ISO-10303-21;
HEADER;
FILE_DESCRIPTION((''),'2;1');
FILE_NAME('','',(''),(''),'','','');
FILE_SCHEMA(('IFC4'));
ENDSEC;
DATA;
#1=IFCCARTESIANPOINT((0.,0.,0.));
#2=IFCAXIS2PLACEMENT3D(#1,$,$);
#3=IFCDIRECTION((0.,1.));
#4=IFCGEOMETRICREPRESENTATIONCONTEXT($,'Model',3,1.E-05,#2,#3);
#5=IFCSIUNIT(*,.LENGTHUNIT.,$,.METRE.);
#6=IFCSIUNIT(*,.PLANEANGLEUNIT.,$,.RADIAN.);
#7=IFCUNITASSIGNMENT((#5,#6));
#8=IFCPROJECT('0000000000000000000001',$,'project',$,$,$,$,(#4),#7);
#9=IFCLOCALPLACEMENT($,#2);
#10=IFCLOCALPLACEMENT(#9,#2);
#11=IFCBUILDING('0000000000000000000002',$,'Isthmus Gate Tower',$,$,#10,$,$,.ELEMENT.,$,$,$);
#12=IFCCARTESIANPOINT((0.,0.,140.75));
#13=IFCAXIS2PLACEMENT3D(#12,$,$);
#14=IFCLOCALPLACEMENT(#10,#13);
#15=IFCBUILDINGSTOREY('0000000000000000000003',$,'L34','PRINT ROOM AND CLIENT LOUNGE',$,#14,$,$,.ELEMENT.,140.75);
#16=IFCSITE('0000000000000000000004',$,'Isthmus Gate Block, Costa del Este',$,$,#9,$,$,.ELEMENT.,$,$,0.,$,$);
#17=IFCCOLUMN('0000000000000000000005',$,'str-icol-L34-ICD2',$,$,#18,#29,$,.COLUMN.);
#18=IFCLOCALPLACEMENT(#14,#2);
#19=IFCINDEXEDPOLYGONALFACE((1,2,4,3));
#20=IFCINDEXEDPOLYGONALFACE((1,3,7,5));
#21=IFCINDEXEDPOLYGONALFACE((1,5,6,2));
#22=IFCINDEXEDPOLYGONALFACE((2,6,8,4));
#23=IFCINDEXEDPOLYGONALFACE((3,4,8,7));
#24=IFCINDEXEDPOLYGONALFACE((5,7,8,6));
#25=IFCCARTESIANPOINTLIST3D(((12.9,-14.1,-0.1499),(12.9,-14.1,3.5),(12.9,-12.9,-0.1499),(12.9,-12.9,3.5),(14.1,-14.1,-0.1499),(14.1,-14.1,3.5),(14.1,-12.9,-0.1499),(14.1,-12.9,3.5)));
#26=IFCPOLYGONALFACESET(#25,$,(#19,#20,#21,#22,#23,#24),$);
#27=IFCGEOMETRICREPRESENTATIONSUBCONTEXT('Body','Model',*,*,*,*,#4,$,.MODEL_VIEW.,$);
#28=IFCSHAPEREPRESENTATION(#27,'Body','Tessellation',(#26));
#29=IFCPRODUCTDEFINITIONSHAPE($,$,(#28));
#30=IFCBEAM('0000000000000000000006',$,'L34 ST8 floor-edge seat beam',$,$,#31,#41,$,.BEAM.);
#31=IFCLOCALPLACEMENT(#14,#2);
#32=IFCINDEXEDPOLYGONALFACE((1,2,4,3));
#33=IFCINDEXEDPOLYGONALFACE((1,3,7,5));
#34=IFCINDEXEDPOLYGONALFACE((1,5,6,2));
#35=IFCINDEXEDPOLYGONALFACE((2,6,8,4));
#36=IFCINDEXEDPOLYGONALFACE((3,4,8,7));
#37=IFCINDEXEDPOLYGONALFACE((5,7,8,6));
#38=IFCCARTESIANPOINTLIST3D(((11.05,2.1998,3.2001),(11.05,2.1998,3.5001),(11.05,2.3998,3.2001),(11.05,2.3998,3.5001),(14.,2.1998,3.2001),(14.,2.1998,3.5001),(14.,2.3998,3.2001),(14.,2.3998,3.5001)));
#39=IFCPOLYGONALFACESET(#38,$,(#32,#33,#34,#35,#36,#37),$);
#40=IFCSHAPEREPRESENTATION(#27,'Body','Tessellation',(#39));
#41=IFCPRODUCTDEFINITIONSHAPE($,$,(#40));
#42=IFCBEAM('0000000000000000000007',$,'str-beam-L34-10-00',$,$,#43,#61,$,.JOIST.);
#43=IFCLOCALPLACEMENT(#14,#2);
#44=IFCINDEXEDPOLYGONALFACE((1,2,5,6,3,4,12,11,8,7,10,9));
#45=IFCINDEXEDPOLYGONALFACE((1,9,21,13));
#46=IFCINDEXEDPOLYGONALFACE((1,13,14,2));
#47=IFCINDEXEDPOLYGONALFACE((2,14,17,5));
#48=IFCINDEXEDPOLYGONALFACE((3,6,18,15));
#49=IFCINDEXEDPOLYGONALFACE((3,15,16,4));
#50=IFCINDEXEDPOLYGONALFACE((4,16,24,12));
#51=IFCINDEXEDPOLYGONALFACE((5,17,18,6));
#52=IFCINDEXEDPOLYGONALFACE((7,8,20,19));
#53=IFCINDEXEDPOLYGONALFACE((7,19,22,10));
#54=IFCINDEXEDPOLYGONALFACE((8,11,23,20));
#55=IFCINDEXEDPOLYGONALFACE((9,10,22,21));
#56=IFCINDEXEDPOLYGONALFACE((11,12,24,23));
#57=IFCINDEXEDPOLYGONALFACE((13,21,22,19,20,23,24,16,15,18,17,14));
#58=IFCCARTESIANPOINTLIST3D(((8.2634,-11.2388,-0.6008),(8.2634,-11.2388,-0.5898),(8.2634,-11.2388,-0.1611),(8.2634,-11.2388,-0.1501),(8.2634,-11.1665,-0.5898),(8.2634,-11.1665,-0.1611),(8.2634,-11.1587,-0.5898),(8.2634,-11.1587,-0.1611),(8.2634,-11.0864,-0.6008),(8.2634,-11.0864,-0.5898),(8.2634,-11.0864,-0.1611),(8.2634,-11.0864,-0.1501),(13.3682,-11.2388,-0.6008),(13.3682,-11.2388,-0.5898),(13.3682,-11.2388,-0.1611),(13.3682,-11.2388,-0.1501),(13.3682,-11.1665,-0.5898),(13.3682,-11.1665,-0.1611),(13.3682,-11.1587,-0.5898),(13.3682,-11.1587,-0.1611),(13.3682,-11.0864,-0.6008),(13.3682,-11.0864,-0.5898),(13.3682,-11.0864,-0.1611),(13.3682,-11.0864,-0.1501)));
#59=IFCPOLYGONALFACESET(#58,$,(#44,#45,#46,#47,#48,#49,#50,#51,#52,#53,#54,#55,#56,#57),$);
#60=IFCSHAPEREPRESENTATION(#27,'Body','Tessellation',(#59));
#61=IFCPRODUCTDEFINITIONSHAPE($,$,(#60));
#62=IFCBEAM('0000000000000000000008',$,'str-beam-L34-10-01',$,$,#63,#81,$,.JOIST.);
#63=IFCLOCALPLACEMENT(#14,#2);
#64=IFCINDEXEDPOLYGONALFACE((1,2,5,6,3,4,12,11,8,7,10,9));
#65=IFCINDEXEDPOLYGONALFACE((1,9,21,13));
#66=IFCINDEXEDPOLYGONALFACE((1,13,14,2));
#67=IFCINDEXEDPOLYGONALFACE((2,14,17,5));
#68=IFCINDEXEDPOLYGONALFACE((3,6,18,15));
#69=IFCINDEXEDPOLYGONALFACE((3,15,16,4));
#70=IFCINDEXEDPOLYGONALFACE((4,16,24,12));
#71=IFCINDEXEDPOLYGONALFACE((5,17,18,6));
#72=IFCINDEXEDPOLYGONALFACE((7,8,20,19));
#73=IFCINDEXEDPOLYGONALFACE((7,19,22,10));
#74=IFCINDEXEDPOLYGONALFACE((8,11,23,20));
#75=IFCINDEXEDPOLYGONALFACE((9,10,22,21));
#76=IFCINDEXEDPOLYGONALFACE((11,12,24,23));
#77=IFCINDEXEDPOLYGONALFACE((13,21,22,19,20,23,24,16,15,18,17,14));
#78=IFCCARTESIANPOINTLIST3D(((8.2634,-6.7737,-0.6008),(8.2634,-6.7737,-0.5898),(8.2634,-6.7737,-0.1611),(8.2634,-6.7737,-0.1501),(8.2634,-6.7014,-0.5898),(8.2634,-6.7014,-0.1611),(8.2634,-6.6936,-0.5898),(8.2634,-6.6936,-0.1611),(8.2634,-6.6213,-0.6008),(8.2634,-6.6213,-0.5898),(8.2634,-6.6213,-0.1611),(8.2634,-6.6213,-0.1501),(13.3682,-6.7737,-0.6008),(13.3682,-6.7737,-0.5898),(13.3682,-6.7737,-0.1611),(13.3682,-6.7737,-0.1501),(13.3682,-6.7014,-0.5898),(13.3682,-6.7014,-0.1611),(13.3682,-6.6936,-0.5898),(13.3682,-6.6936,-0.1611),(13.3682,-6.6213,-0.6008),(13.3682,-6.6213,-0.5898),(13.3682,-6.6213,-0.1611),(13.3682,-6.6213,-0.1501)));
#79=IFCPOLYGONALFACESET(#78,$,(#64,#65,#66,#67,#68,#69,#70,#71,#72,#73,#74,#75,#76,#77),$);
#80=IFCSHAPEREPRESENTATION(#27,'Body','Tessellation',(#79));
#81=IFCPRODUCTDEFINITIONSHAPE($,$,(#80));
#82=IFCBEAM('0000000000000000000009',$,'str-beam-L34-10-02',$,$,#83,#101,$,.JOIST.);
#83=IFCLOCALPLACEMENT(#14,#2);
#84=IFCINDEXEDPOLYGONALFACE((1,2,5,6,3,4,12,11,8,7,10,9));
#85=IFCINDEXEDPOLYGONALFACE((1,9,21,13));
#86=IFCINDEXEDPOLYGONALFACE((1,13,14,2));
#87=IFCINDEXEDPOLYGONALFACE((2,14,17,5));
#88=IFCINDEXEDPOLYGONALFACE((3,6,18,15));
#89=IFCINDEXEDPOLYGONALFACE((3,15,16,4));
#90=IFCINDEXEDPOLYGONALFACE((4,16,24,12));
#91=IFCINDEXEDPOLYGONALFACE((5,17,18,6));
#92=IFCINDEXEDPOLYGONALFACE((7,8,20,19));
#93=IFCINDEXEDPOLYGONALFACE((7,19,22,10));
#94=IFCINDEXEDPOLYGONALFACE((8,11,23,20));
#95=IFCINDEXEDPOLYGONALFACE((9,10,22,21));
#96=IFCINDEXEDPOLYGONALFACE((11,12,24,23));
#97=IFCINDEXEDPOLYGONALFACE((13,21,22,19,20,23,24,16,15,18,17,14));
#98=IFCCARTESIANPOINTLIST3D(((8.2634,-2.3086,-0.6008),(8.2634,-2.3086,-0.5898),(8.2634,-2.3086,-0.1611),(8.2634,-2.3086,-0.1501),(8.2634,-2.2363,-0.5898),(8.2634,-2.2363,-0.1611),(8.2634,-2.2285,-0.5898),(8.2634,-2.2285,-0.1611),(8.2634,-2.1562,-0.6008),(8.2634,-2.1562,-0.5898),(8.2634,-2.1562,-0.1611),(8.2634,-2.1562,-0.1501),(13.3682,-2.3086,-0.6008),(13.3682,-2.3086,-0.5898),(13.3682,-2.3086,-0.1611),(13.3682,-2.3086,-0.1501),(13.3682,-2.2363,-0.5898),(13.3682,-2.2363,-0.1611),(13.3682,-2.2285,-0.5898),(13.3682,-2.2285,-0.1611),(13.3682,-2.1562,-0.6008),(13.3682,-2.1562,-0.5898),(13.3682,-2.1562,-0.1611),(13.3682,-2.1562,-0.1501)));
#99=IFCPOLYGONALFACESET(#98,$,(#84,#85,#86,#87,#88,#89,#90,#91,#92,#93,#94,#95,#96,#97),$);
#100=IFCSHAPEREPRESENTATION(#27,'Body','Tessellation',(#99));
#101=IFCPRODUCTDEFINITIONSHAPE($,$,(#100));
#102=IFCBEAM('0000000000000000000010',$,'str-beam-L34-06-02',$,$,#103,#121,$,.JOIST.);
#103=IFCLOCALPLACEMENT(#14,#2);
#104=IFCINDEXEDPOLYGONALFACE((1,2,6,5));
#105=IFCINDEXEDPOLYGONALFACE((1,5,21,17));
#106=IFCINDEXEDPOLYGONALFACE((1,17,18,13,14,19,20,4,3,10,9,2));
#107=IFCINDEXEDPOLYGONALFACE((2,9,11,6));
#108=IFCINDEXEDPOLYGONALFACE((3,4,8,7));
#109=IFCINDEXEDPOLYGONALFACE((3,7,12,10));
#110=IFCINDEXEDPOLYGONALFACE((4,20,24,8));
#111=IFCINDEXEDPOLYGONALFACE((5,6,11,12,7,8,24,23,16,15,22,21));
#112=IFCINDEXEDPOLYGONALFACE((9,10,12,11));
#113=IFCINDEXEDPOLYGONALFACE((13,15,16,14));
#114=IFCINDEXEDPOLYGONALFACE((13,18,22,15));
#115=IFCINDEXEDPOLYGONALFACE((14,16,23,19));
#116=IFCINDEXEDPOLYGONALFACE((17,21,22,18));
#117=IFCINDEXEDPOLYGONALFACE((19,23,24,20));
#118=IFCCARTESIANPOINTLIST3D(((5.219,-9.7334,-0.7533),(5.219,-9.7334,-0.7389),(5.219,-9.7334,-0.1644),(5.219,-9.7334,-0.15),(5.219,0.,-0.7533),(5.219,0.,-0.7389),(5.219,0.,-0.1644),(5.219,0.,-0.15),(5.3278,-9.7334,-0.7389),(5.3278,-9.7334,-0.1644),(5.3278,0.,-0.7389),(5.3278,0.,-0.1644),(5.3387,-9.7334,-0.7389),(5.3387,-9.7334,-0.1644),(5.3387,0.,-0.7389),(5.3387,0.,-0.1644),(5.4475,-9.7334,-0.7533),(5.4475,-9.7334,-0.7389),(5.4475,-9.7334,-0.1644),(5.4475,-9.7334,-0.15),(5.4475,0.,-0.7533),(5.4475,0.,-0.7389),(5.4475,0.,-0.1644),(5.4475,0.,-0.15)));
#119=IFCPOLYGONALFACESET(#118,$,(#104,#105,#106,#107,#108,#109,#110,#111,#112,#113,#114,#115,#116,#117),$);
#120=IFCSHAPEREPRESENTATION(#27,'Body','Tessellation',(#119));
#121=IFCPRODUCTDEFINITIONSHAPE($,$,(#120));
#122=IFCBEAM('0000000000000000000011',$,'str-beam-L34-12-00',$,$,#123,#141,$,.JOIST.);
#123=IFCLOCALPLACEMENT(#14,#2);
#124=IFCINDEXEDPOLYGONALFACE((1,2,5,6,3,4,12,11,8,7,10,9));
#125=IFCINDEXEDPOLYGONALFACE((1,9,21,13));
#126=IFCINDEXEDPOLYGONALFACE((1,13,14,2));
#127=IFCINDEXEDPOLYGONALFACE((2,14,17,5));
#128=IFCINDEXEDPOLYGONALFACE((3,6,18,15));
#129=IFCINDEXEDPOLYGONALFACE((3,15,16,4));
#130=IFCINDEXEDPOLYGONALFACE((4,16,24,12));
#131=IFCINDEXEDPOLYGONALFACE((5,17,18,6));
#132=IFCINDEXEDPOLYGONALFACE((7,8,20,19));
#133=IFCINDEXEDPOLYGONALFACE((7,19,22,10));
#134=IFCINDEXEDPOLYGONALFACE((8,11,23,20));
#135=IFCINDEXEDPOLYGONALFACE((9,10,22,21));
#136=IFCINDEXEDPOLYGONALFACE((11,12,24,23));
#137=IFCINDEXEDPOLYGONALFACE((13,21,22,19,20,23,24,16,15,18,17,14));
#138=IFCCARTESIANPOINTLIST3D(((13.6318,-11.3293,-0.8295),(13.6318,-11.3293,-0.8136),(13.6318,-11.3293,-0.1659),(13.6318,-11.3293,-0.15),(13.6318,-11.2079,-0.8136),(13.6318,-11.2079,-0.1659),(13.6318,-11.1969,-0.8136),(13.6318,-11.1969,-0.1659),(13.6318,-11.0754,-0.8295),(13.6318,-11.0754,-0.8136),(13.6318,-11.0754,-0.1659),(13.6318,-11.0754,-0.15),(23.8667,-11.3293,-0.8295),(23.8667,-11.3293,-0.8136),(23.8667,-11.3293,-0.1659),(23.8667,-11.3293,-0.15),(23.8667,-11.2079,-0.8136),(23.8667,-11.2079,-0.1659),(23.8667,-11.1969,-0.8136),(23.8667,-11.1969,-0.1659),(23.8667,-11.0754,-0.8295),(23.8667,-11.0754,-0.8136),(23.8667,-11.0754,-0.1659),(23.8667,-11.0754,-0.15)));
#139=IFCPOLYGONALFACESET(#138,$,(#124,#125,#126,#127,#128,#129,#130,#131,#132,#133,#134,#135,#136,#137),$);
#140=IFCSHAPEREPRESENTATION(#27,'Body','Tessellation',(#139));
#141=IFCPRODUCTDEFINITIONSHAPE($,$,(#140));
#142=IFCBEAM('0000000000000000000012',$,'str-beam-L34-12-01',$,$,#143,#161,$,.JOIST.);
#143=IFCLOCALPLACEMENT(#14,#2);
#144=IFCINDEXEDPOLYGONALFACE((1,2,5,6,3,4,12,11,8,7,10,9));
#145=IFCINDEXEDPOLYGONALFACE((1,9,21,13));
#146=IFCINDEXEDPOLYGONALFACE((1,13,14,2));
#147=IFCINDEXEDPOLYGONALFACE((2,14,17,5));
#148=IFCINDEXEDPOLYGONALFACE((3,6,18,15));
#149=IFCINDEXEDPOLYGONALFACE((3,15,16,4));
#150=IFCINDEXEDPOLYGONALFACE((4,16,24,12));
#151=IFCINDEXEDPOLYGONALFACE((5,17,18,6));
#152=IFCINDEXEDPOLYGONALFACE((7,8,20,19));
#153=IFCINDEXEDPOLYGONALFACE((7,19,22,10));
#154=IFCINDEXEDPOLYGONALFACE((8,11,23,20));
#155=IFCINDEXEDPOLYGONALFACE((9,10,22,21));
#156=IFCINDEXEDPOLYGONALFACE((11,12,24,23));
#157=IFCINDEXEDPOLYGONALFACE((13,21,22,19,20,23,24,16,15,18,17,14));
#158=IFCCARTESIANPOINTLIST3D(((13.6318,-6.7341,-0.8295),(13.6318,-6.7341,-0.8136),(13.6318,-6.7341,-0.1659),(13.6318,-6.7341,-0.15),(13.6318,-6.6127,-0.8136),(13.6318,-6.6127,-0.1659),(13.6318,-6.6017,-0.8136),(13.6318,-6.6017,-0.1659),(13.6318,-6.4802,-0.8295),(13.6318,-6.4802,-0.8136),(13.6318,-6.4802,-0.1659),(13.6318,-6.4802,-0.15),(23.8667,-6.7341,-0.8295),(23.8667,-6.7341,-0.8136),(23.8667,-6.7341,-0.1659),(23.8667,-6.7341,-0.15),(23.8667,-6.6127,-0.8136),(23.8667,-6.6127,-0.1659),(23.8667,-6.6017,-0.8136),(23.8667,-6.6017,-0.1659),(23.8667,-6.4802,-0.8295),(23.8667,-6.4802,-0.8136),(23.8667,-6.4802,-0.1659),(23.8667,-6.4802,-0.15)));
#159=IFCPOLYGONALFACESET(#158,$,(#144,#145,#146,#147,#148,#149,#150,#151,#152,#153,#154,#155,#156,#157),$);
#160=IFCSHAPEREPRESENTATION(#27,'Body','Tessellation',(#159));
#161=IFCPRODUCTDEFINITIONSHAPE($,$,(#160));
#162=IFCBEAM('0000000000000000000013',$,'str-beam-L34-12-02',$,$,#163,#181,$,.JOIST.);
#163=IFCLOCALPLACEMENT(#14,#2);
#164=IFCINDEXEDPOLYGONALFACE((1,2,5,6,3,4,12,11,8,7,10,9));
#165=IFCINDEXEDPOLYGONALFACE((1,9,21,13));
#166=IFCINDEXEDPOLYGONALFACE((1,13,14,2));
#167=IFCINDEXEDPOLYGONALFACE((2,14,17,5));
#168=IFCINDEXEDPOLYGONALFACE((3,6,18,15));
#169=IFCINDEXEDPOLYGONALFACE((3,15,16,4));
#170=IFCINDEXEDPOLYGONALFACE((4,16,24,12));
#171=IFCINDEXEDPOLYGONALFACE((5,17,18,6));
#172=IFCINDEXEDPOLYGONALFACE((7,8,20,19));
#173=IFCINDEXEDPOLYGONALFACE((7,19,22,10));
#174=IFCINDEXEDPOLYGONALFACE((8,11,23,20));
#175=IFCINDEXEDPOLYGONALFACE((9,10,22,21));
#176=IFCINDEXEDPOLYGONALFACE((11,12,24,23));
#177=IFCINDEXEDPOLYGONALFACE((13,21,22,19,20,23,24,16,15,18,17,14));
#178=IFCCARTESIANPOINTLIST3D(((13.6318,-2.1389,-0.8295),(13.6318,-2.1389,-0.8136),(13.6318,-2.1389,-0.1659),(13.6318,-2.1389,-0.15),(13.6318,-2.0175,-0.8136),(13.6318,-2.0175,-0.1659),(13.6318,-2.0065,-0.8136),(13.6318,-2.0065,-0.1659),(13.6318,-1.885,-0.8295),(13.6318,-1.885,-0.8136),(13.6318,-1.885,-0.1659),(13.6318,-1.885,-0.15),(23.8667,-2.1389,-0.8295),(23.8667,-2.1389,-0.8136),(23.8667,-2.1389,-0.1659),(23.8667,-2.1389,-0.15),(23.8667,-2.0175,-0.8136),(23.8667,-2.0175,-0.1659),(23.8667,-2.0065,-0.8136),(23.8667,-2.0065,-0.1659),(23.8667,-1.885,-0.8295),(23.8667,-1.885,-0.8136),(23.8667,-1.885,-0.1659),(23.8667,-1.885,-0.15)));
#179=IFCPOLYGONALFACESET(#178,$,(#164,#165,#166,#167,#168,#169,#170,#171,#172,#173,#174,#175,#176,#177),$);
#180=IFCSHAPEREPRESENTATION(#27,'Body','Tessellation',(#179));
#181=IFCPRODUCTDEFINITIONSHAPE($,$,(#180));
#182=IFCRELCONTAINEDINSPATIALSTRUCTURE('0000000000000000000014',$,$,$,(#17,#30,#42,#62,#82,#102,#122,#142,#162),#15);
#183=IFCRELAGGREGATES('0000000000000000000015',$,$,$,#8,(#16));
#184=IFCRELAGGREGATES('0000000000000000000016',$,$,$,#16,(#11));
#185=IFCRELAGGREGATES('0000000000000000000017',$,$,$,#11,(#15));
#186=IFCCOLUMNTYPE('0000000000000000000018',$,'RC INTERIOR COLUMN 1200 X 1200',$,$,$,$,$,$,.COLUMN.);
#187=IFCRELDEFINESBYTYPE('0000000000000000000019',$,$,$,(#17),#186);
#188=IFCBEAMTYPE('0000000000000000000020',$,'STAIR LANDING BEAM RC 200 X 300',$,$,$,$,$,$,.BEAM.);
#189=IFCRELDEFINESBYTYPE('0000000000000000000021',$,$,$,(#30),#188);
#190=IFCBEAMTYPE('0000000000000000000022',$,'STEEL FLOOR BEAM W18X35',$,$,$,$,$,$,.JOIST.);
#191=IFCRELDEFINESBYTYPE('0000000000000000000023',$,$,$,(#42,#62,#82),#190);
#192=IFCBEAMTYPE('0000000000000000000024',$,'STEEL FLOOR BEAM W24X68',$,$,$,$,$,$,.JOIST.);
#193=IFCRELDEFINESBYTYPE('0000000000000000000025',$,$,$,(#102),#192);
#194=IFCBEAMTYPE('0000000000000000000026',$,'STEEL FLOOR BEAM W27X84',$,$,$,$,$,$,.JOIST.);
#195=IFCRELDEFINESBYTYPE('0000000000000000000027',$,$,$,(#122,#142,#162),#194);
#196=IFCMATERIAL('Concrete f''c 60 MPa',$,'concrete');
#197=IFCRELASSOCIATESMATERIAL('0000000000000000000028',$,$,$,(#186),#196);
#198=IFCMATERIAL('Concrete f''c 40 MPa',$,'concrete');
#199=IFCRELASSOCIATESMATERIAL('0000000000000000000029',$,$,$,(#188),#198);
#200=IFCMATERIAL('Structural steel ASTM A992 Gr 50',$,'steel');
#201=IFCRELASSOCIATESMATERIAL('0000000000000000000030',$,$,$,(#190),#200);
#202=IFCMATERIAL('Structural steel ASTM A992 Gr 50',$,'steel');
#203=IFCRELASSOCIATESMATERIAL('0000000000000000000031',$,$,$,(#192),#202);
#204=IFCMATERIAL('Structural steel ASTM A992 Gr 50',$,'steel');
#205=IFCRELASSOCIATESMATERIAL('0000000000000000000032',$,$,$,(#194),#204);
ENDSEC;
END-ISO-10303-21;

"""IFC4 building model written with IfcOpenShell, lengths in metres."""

from ifc_helpers import new_model, si_unit, direction, frame, origin, origin_2d, place, context, subcontext, project, spatial, rectangle, i_section, extrude, material, material_profile, profile_set, type_object, element, save


model = new_model("IFC4")

# Units and contexts
model_context = context("Model", 3, precision=1e-05, world=origin(), true_north=direction((0.0, 1.0)))
body_context = subcontext(model_context, "Body", "Model", "MODEL_VIEW")
ifc_project = project(units=[si_unit("LENGTHUNIT", "METRE"), si_unit("PLANEANGLEUNIT", "RADIAN")], contexts=[model_context])

# Site, building, storey
site_placement = place(None, origin())
site = spatial("IfcSite", under=ifc_project, at=site_placement, Name="Isthmus Gate Block, Costa del Este", CompositionType="ELEMENT", RefElevation=0.0)
building_placement = place(site_placement, origin())
building = spatial("IfcBuilding", under=site, at=building_placement, Name="Isthmus Gate Tower", CompositionType="ELEMENT")
storey_placement = place(building_placement, frame((0.0, 0.0, 140.75)))
storey = spatial("IfcBuildingStorey", under=building, at=storey_placement, Name="L34", Description="PRINT ROOM AND CLIENT LOUNGE", CompositionType="ELEMENT", Elevation=140.75)

# Column
ifc_material_1 = material(Name="Concrete f'c 60 MPa", Category="concrete")
ifc_material_profile_1 = material_profile(ifc_material_1, rectangle(XDim=1.2, YDim=1.2, at=origin_2d()), Name="RC 1200X1200")
ifc_profile_set_1 = profile_set([ifc_material_profile_1], Name="Concrete f'c 60 MPa")
column_type = type_object("IfcColumnType", Name="RC INTERIOR COLUMN 1200 X 1200", PredefinedType="COLUMN", material=ifc_profile_set_1)
column_placement = place(storey_placement, frame((13.5, -13.5, -0.1499), z_axis=(0.0, 0.0, 1.0), x_axis=(1.0, 0.0, 0.0)))
element("IfcColumn", 1, at=column_placement, inside=storey, type_object=column_type, Name="str-icol-L34-ICD2", PredefinedType="COLUMN", context=body_context, shape_type="SweptSolid", body=[
    extrude(rectangle(XDim=1.2, YDim=1.2, at=origin_2d()), origin(), (0.0, 0.0, 1.0), 3.6499),
])

# Beams
ifc_material_2 = material(Name="Concrete f'c 40 MPa", Category="concrete")
ifc_material_profile_2 = material_profile(ifc_material_2, rectangle(XDim=0.2, YDim=0.3, at=origin_2d()), Name="STAIR LANDING BEAM RC 200 X 300")
ifc_profile_set_2 = profile_set([ifc_material_profile_2], Name="Concrete f'c 40 MPa")
beam_type_1 = type_object("IfcBeamType", Name="STAIR LANDING BEAM RC 200 X 300", PredefinedType="BEAM", material=ifc_profile_set_2)
beam_1_placement = place(storey_placement, frame((11.05, 2.2998, 3.3501), z_axis=(1.0, 0.0, 0.0), x_axis=(0.0, 1.0, 0.0)))
element("IfcBeam", 2, at=beam_1_placement, inside=storey, type_object=beam_type_1, Name="L34 ST8 floor-edge seat beam", PredefinedType="BEAM", context=body_context, shape_type="SweptSolid", body=[
    extrude(rectangle(XDim=0.2, YDim=0.3, at=origin_2d()), origin(), (0.0, 0.0, 1.0), 2.95),
])
ifc_material_3 = material(Name="Structural steel ASTM A992 Gr 50", Category="steel")
ifc_material_profile_3 = material_profile(ifc_material_3, i_section(OverallWidth=0.1523, OverallDepth=0.4507, WebThickness=0.0078, FlangeThickness=0.011, at=origin_2d()), Name="W18X35")
ifc_profile_set_3 = profile_set([ifc_material_profile_3], Name="Structural steel ASTM A992 Gr 50")
beam_type_2 = type_object("IfcBeamType", Name="STEEL FLOOR BEAM W18X35", PredefinedType="JOIST", material=ifc_profile_set_3)
for number, where, z_axis, x_axis, name in (
    (3, (8.2634, -11.1626, -0.3755), (1.0, 0.0, 0.0), (0.0, 1.0, 0.0), "str-beam-L34-10-00"),
    (4, (8.2634, -6.6975, -0.3755), (1.0, 0.0, 0.0), (0.0, 1.0, 0.0), "str-beam-L34-10-01"),
    (5, (8.2634, -2.2324, -0.3755), (1.0, 0.0, 0.0), (0.0, 1.0, 0.0), "str-beam-L34-10-02"),
):
    element("IfcBeam", number, at=place(storey_placement, frame(where, z_axis=z_axis, x_axis=x_axis)), inside=storey, type_object=beam_type_2, Name=name, PredefinedType="JOIST", context=body_context, shape_type="SweptSolid", body=[
        extrude(i_section(OverallWidth=0.1523, OverallDepth=0.4507, WebThickness=0.0078, FlangeThickness=0.011, at=origin_2d()), origin(), (0.0, 0.0, 1.0), 5.1047),
    ])
ifc_material_4 = material(Name="Structural steel ASTM A992 Gr 50", Category="steel")
ifc_material_profile_4 = material_profile(ifc_material_4, i_section(OverallWidth=0.2285, OverallDepth=0.6033, WebThickness=0.011, FlangeThickness=0.0144, at=origin_2d()), Name="W24X68")
ifc_profile_set_4 = profile_set([ifc_material_profile_4], Name="Structural steel ASTM A992 Gr 50")
beam_type_3 = type_object("IfcBeamType", Name="STEEL FLOOR BEAM W24X68", PredefinedType="JOIST", material=ifc_profile_set_4)
beam_2_placement = place(storey_placement, frame((5.3333, -9.7334, -0.4517), z_axis=(0.0, 1.0, 0.0), x_axis=(-1.0, 0.0, 0.0)))
element("IfcBeam", 6, at=beam_2_placement, inside=storey, type_object=beam_type_3, Name="str-beam-L34-06-02", PredefinedType="JOIST", context=body_context, shape_type="SweptSolid", body=[
    extrude(i_section(OverallWidth=0.2285, OverallDepth=0.6033, WebThickness=0.011, FlangeThickness=0.0144, at=origin_2d()), origin(), (0.0, 0.0, 1.0), 9.7334),
])
ifc_material_5 = material(Name="Structural steel ASTM A992 Gr 50", Category="steel")
ifc_material_profile_5 = material_profile(ifc_material_5, i_section(OverallWidth=0.2539, OverallDepth=0.6794, WebThickness=0.011, FlangeThickness=0.0159, at=origin_2d()), Name="W27X84")
ifc_profile_set_5 = profile_set([ifc_material_profile_5], Name="Structural steel ASTM A992 Gr 50")
beam_type_4 = type_object("IfcBeamType", Name="STEEL FLOOR BEAM W27X84", PredefinedType="JOIST", material=ifc_profile_set_5)
for number, where, z_axis, x_axis, name in (
    (7, (13.6318, -11.2024, -0.4897), (1.0, 0.0, 0.0), (0.0, 1.0, 0.0), "str-beam-L34-12-00"),
    (8, (13.6318, -6.6072, -0.4897), (1.0, 0.0, 0.0), (0.0, 1.0, 0.0), "str-beam-L34-12-01"),
    (9, (13.6318, -2.012, -0.4897), (1.0, 0.0, 0.0), (0.0, 1.0, 0.0), "str-beam-L34-12-02"),
):
    element("IfcBeam", number, at=place(storey_placement, frame(where, z_axis=z_axis, x_axis=x_axis)), inside=storey, type_object=beam_type_4, Name=name, PredefinedType="JOIST", context=body_context, shape_type="SweptSolid", body=[
        extrude(i_section(OverallWidth=0.2539, OverallDepth=0.6794, WebThickness=0.011, FlangeThickness=0.0159, at=origin_2d()), origin(), (0.0, 0.0, 1.0), 10.2349),
    ])

save(model, "model.ifc")
